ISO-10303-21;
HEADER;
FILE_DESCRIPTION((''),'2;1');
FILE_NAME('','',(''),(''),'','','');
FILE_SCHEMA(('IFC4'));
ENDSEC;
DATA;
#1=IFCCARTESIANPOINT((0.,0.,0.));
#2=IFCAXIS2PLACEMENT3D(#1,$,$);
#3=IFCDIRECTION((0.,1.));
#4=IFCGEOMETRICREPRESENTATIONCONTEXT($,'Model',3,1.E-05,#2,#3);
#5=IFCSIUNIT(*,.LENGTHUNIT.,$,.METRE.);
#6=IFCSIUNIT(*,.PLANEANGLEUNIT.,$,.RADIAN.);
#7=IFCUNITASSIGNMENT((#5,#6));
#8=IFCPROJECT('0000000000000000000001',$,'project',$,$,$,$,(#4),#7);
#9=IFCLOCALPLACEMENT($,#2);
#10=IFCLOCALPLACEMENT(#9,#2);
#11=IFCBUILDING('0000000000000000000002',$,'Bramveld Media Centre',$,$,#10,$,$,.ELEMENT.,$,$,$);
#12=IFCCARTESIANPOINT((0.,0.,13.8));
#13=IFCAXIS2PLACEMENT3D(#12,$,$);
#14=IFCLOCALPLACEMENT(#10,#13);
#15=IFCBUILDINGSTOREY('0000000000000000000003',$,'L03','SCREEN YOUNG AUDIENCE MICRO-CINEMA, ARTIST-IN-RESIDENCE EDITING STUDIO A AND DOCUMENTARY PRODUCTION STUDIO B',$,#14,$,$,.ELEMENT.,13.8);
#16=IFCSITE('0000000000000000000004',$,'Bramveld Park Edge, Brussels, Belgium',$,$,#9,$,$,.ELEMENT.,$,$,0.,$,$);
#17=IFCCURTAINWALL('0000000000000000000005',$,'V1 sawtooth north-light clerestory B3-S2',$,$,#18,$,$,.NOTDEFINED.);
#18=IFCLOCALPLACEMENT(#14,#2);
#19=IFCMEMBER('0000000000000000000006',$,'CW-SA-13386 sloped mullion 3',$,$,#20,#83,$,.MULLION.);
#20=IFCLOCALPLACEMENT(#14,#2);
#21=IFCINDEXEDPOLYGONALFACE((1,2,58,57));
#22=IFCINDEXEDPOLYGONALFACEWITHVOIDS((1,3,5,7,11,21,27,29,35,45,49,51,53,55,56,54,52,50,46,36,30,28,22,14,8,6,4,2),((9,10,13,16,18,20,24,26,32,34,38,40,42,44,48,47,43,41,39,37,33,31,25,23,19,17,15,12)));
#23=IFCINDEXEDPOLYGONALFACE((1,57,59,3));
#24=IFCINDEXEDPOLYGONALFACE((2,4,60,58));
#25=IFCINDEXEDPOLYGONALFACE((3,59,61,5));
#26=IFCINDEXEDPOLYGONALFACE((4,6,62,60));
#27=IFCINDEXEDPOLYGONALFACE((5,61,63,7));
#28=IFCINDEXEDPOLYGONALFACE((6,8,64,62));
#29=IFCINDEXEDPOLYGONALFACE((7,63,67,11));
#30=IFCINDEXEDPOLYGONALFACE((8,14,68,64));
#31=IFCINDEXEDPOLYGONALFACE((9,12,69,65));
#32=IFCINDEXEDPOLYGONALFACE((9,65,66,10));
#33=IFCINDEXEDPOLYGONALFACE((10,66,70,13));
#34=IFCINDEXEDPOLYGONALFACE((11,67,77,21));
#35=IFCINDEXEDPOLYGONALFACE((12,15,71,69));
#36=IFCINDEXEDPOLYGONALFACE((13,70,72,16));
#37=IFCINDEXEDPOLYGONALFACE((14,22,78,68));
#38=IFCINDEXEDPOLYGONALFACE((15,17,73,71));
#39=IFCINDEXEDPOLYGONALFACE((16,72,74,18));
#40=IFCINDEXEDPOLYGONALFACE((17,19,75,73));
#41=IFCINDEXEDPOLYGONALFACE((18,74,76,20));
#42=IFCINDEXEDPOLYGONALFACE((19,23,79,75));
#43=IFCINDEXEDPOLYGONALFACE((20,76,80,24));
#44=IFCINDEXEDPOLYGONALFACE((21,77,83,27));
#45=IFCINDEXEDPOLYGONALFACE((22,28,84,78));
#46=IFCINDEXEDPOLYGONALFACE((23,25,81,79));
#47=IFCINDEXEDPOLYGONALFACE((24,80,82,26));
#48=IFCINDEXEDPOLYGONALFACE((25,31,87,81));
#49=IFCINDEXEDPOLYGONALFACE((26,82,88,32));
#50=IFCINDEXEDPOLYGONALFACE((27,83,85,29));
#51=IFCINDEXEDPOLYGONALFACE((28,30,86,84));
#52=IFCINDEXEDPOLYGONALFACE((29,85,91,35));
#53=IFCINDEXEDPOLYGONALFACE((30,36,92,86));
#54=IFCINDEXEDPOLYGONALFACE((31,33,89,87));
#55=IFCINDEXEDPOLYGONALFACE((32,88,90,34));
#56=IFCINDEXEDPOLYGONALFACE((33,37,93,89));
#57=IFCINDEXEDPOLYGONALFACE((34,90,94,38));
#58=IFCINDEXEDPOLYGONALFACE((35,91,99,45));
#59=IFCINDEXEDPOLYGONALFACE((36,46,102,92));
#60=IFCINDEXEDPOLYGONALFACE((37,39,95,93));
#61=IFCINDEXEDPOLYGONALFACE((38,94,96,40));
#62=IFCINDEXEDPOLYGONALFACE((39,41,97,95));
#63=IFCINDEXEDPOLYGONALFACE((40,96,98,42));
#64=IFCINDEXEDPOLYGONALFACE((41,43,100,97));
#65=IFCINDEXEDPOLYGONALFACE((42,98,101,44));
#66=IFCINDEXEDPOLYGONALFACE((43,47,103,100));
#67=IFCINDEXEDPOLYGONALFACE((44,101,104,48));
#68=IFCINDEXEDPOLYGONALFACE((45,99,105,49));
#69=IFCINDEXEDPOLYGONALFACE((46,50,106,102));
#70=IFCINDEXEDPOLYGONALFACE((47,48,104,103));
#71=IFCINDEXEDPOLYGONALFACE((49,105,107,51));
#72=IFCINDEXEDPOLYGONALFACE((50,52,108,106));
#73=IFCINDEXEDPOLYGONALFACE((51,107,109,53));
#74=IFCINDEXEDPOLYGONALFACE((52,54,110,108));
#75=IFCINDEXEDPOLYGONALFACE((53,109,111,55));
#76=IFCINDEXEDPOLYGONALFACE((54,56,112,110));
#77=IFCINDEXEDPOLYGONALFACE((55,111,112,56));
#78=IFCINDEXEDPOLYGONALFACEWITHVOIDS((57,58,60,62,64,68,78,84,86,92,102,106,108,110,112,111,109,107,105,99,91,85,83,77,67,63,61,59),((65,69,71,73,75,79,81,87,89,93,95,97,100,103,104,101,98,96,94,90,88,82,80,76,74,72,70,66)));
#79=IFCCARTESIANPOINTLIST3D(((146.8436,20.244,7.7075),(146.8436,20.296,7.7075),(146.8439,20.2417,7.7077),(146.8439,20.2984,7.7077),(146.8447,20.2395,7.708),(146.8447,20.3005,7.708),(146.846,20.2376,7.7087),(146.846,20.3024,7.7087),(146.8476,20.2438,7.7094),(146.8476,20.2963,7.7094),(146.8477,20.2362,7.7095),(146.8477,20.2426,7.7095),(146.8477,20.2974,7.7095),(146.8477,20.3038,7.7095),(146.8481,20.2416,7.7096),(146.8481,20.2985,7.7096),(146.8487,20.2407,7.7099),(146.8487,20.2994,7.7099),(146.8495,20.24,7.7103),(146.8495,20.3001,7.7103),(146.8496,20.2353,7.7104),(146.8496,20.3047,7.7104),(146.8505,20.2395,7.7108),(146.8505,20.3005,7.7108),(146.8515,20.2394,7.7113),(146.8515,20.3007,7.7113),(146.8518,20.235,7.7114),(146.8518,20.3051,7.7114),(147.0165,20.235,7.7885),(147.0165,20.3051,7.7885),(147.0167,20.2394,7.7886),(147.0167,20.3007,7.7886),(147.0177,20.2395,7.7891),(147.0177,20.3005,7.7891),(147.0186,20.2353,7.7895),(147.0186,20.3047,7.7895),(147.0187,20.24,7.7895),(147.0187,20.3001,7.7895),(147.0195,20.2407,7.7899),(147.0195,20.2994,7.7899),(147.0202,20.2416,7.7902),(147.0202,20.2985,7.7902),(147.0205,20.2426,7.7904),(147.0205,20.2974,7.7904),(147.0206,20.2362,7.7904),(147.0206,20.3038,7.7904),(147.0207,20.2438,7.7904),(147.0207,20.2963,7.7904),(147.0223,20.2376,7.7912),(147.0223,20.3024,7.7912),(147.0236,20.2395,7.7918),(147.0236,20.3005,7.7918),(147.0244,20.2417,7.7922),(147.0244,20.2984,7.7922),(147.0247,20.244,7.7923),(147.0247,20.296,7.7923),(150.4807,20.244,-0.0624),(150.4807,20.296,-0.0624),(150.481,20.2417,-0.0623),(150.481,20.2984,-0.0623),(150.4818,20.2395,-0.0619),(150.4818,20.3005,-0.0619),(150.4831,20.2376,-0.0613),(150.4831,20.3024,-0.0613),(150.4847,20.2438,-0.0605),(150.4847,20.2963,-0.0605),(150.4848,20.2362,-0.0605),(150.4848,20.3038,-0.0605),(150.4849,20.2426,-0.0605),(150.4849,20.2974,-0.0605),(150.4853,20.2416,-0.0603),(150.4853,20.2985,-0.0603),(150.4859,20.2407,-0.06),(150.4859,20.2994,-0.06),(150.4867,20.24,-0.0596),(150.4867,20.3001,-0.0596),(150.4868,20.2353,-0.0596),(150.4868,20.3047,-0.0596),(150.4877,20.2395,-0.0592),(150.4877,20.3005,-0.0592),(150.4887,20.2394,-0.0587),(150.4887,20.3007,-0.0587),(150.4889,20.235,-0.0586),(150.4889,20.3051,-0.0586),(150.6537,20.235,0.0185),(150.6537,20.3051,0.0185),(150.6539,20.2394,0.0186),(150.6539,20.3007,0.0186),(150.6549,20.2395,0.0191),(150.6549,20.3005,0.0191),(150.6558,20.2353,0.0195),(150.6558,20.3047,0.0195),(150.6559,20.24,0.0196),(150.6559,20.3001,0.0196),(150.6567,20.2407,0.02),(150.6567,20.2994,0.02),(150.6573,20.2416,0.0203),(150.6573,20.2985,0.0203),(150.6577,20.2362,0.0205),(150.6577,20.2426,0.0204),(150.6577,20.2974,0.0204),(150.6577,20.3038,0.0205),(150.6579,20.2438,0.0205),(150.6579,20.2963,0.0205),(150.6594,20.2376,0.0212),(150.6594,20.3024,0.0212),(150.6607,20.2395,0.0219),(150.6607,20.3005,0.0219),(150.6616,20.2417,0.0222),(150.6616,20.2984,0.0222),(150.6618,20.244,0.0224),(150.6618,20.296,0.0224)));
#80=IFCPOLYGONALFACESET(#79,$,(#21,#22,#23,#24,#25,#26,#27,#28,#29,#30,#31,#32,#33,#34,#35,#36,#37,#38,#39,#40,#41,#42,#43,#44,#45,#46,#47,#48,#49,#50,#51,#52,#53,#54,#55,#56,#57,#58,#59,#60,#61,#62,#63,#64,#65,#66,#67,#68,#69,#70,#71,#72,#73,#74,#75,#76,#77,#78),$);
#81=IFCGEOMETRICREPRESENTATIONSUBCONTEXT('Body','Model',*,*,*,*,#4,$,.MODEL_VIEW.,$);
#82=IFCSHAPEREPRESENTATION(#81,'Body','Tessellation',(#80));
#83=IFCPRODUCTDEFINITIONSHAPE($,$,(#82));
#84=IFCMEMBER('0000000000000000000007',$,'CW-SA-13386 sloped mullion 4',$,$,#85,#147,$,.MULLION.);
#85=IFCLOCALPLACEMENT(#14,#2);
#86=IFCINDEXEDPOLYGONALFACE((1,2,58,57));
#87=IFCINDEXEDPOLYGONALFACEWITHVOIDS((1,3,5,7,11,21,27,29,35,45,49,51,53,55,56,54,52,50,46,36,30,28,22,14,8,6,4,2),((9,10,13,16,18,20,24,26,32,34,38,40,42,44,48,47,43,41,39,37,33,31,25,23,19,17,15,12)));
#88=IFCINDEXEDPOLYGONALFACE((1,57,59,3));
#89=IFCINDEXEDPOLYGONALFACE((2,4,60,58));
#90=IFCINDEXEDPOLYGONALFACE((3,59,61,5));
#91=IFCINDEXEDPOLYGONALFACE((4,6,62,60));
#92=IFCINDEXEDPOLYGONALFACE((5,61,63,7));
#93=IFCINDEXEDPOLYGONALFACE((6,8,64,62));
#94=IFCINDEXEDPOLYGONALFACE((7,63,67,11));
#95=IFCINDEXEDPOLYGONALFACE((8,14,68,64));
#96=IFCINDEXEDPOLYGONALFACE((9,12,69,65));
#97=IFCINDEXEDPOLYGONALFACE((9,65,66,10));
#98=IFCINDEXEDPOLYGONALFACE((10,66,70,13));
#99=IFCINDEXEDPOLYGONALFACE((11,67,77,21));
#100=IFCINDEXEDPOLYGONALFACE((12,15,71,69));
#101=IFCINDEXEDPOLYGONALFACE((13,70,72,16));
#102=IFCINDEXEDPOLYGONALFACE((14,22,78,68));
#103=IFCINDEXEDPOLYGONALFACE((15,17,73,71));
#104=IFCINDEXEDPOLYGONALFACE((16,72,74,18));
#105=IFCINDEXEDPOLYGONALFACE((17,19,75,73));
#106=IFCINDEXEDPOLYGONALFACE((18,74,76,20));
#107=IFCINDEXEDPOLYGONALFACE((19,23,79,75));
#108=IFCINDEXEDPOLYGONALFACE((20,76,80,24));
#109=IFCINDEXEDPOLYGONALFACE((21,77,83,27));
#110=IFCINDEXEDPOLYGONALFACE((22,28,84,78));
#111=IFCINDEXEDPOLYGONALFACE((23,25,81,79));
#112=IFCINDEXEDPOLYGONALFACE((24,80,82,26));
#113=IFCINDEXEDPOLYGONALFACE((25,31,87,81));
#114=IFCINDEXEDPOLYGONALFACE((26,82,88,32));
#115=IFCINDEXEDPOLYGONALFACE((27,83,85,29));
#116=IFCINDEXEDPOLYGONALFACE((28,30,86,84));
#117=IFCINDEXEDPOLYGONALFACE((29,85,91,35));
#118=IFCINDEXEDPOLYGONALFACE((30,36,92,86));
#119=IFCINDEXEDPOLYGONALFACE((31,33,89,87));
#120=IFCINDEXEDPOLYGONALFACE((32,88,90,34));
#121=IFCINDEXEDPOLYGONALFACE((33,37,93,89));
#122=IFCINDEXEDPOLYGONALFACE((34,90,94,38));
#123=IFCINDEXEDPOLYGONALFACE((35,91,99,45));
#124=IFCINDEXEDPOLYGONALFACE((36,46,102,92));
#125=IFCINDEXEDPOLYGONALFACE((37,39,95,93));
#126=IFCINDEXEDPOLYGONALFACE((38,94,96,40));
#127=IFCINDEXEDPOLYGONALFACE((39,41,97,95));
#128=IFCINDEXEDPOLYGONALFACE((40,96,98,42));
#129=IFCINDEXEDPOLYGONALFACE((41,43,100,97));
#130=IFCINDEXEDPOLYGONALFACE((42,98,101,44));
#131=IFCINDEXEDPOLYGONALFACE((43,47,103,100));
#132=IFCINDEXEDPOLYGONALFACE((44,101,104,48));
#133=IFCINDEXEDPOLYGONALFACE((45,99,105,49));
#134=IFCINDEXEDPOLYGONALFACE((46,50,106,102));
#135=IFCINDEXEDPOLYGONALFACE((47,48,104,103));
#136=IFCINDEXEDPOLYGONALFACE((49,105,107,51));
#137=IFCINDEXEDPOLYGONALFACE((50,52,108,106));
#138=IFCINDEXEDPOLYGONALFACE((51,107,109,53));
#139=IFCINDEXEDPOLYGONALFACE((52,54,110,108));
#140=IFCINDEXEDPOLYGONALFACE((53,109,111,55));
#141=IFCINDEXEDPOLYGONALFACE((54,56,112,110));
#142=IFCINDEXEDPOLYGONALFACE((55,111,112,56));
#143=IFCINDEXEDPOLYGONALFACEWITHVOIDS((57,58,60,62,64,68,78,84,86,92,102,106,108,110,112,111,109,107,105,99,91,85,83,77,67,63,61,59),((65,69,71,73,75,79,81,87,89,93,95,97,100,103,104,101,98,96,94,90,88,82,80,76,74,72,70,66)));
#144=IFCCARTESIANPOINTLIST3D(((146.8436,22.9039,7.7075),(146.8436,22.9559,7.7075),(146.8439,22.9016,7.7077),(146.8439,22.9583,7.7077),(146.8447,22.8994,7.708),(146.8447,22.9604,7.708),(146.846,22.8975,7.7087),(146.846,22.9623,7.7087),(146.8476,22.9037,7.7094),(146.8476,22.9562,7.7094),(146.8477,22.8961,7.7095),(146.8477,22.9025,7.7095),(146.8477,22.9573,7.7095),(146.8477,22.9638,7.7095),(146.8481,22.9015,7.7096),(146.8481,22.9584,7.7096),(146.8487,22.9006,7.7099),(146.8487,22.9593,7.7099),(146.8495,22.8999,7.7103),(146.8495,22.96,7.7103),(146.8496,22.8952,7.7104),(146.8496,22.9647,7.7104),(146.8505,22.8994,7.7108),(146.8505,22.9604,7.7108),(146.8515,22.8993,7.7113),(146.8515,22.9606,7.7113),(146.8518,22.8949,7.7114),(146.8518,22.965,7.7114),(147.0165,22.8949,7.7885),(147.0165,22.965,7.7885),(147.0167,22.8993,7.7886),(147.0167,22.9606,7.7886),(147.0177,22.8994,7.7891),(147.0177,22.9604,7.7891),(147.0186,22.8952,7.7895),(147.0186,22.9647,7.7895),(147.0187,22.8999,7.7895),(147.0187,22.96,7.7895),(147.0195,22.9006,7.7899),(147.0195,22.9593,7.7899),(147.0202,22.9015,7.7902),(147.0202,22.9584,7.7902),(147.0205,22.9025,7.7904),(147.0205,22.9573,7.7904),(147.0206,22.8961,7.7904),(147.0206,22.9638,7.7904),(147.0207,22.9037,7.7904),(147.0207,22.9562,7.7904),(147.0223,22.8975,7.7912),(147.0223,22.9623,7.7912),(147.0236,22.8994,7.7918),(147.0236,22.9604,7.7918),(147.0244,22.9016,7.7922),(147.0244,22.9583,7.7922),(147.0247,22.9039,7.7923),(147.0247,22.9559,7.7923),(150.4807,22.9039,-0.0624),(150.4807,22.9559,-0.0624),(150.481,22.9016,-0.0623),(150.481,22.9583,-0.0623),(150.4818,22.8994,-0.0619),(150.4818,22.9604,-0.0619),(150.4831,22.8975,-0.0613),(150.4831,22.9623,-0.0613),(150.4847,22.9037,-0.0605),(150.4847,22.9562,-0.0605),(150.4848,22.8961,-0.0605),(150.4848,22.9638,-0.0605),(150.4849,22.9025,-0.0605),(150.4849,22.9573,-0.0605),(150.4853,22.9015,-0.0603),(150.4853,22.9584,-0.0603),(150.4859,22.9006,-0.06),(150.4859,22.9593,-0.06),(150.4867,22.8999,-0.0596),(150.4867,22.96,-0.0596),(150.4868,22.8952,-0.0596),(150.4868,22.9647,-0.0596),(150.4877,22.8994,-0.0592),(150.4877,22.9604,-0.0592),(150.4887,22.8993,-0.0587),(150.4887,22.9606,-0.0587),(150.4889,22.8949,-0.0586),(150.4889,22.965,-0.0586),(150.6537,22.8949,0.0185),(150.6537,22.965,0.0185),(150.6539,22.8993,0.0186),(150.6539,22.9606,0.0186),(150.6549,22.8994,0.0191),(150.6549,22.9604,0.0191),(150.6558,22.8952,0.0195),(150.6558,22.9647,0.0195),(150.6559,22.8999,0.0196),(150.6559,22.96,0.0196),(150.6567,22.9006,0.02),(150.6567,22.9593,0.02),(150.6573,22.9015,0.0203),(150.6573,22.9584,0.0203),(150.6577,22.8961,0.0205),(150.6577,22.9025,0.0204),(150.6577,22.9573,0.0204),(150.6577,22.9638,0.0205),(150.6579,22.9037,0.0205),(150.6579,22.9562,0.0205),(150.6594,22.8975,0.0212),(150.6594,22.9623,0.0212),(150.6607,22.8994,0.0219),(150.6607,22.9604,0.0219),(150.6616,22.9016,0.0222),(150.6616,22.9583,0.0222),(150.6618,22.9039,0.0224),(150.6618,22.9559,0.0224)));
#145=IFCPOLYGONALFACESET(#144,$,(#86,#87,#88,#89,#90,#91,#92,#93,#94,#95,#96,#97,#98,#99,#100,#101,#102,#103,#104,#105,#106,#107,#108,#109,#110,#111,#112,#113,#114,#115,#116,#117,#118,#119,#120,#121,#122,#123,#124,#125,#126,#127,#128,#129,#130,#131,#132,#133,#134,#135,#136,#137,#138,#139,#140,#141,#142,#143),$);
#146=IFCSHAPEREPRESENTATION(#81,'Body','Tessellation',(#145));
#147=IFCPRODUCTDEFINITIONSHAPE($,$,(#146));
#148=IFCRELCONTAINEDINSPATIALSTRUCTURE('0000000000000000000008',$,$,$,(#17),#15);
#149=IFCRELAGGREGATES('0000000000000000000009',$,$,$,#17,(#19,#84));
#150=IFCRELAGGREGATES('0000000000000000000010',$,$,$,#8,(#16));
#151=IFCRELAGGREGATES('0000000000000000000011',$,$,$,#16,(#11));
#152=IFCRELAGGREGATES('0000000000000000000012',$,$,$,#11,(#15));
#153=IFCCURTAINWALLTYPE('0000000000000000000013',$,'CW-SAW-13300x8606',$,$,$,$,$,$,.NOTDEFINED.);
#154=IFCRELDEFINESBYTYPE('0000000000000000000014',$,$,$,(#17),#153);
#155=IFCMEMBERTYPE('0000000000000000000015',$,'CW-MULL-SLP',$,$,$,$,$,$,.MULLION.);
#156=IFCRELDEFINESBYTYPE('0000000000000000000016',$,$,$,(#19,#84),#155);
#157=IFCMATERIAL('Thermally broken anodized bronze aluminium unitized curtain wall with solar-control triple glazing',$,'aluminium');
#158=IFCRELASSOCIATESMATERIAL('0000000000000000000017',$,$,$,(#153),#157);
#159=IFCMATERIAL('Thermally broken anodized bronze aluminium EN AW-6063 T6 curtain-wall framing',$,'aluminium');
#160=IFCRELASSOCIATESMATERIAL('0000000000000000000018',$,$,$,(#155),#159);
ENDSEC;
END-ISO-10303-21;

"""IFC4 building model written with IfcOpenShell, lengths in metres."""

from ifc_helpers import new_model, si_unit, direction, frame, origin, origin_2d, place, context, subcontext, project, spatial, hollow_rectangle, extrude, material, material_profile, profile_set, type_object, element, aggregate, save


model = new_model("IFC4")

# Units and contexts
model_context = context("Model", 3, precision=1e-05, world=origin(), true_north=direction((0.0, 1.0)))
body_context = subcontext(model_context, "Body", "Model", "MODEL_VIEW")
ifc_project = project(units=[si_unit("LENGTHUNIT", "METRE"), si_unit("PLANEANGLEUNIT", "RADIAN")], contexts=[model_context])

# Site, building, storey
site_placement = place(None, origin())
site = spatial("IfcSite", under=ifc_project, at=site_placement, Name="Bramveld Park Edge, Brussels, Belgium", CompositionType="ELEMENT", RefElevation=0.0)
building_placement = place(site_placement, origin())
building = spatial("IfcBuilding", under=site, at=building_placement, Name="Bramveld Media Centre", CompositionType="ELEMENT")
storey_placement = place(building_placement, frame((0.0, 0.0, 13.8)))
storey = spatial("IfcBuildingStorey", under=building, at=storey_placement, Name="L03", Description="SCREEN YOUNG AUDIENCE MICRO-CINEMA, ARTIST-IN-RESIDENCE EDITING STUDIO A AND DOCUMENTARY PRODUCTION STUDIO B", CompositionType="ELEMENT", Elevation=13.8)

# Curtain wall, members
ifc_material_1 = material(Name="Thermally broken anodized bronze aluminium unitized curtain wall with solar-control triple glazing", Category="aluminium")
curtain_wall_type = type_object("IfcCurtainWallType", Name="CW-SAW-13300x8606", PredefinedType="NOTDEFINED", material=ifc_material_1)
curtain_wall_1_placement = place(storey_placement, origin())
curtain_wall_1 = element("IfcCurtainWall", 1, at=curtain_wall_1_placement, inside=storey, type_object=curtain_wall_type, Name="V1 sawtooth north-light clerestory B3-S2", PredefinedType="NOTDEFINED")
ifc_material_2 = material(Name="Thermally broken anodized bronze aluminium EN AW-6063 T6 curtain-wall framing", Category="aluminium")
ifc_material_profile_1 = material_profile(ifc_material_2, hollow_rectangle(XDim=0.0701, YDim=0.2, WallThickness=0.0044, InnerFilletRadius=0.0044, OuterFilletRadius=0.009, at=origin_2d()), Name="AL-MULL 70x200")
ifc_profile_set_1 = profile_set([ifc_material_profile_1], Name="Thermally broken anodized bronze aluminium EN AW-6063 T6 curtain-wall framing")
member_type_1 = type_object("IfcMemberType", Name="CW-MULL-SLP", PredefinedType="MULLION", material=ifc_profile_set_1)
member_1_placement = place(storey_placement, frame((150.5713, 20.27, -0.02), z_axis=(-0.423957, 0.0, 0.905682), x_axis=(0.0, -1.0, 0.0)))
member_1 = element("IfcMember", 2, at=member_1_placement, type_object=member_type_1, Name="CW-SA-13386 sloped mullion 3", PredefinedType="MULLION", context=body_context, shape_type="SweptSolid", body=[
    extrude(hollow_rectangle(XDim=0.0701, YDim=0.2, WallThickness=0.0044, InnerFilletRadius=0.0044, OuterFilletRadius=0.009, at=origin_2d()), origin(), (0.0, 0.0, 1.0), 8.5791),
])
member_2_placement = place(storey_placement, frame((150.5713, 22.9299, -0.02), z_axis=(-0.423957, 0.0, 0.905682), x_axis=(0.0, -1.0, 0.0)))
member_2 = element("IfcMember", 3, at=member_2_placement, type_object=member_type_1, Name="CW-SA-13386 sloped mullion 4", PredefinedType="MULLION", context=body_context, shape_type="SweptSolid", body=[
    extrude(hollow_rectangle(XDim=0.0701, YDim=0.2, WallThickness=0.0044, InnerFilletRadius=0.0044, OuterFilletRadius=0.009, at=origin_2d()), origin(), (0.0, 0.0, 1.0), 8.5791),
])

aggregate(curtain_wall_1, [member_1, member_2])

save(model, "model.ifc")
